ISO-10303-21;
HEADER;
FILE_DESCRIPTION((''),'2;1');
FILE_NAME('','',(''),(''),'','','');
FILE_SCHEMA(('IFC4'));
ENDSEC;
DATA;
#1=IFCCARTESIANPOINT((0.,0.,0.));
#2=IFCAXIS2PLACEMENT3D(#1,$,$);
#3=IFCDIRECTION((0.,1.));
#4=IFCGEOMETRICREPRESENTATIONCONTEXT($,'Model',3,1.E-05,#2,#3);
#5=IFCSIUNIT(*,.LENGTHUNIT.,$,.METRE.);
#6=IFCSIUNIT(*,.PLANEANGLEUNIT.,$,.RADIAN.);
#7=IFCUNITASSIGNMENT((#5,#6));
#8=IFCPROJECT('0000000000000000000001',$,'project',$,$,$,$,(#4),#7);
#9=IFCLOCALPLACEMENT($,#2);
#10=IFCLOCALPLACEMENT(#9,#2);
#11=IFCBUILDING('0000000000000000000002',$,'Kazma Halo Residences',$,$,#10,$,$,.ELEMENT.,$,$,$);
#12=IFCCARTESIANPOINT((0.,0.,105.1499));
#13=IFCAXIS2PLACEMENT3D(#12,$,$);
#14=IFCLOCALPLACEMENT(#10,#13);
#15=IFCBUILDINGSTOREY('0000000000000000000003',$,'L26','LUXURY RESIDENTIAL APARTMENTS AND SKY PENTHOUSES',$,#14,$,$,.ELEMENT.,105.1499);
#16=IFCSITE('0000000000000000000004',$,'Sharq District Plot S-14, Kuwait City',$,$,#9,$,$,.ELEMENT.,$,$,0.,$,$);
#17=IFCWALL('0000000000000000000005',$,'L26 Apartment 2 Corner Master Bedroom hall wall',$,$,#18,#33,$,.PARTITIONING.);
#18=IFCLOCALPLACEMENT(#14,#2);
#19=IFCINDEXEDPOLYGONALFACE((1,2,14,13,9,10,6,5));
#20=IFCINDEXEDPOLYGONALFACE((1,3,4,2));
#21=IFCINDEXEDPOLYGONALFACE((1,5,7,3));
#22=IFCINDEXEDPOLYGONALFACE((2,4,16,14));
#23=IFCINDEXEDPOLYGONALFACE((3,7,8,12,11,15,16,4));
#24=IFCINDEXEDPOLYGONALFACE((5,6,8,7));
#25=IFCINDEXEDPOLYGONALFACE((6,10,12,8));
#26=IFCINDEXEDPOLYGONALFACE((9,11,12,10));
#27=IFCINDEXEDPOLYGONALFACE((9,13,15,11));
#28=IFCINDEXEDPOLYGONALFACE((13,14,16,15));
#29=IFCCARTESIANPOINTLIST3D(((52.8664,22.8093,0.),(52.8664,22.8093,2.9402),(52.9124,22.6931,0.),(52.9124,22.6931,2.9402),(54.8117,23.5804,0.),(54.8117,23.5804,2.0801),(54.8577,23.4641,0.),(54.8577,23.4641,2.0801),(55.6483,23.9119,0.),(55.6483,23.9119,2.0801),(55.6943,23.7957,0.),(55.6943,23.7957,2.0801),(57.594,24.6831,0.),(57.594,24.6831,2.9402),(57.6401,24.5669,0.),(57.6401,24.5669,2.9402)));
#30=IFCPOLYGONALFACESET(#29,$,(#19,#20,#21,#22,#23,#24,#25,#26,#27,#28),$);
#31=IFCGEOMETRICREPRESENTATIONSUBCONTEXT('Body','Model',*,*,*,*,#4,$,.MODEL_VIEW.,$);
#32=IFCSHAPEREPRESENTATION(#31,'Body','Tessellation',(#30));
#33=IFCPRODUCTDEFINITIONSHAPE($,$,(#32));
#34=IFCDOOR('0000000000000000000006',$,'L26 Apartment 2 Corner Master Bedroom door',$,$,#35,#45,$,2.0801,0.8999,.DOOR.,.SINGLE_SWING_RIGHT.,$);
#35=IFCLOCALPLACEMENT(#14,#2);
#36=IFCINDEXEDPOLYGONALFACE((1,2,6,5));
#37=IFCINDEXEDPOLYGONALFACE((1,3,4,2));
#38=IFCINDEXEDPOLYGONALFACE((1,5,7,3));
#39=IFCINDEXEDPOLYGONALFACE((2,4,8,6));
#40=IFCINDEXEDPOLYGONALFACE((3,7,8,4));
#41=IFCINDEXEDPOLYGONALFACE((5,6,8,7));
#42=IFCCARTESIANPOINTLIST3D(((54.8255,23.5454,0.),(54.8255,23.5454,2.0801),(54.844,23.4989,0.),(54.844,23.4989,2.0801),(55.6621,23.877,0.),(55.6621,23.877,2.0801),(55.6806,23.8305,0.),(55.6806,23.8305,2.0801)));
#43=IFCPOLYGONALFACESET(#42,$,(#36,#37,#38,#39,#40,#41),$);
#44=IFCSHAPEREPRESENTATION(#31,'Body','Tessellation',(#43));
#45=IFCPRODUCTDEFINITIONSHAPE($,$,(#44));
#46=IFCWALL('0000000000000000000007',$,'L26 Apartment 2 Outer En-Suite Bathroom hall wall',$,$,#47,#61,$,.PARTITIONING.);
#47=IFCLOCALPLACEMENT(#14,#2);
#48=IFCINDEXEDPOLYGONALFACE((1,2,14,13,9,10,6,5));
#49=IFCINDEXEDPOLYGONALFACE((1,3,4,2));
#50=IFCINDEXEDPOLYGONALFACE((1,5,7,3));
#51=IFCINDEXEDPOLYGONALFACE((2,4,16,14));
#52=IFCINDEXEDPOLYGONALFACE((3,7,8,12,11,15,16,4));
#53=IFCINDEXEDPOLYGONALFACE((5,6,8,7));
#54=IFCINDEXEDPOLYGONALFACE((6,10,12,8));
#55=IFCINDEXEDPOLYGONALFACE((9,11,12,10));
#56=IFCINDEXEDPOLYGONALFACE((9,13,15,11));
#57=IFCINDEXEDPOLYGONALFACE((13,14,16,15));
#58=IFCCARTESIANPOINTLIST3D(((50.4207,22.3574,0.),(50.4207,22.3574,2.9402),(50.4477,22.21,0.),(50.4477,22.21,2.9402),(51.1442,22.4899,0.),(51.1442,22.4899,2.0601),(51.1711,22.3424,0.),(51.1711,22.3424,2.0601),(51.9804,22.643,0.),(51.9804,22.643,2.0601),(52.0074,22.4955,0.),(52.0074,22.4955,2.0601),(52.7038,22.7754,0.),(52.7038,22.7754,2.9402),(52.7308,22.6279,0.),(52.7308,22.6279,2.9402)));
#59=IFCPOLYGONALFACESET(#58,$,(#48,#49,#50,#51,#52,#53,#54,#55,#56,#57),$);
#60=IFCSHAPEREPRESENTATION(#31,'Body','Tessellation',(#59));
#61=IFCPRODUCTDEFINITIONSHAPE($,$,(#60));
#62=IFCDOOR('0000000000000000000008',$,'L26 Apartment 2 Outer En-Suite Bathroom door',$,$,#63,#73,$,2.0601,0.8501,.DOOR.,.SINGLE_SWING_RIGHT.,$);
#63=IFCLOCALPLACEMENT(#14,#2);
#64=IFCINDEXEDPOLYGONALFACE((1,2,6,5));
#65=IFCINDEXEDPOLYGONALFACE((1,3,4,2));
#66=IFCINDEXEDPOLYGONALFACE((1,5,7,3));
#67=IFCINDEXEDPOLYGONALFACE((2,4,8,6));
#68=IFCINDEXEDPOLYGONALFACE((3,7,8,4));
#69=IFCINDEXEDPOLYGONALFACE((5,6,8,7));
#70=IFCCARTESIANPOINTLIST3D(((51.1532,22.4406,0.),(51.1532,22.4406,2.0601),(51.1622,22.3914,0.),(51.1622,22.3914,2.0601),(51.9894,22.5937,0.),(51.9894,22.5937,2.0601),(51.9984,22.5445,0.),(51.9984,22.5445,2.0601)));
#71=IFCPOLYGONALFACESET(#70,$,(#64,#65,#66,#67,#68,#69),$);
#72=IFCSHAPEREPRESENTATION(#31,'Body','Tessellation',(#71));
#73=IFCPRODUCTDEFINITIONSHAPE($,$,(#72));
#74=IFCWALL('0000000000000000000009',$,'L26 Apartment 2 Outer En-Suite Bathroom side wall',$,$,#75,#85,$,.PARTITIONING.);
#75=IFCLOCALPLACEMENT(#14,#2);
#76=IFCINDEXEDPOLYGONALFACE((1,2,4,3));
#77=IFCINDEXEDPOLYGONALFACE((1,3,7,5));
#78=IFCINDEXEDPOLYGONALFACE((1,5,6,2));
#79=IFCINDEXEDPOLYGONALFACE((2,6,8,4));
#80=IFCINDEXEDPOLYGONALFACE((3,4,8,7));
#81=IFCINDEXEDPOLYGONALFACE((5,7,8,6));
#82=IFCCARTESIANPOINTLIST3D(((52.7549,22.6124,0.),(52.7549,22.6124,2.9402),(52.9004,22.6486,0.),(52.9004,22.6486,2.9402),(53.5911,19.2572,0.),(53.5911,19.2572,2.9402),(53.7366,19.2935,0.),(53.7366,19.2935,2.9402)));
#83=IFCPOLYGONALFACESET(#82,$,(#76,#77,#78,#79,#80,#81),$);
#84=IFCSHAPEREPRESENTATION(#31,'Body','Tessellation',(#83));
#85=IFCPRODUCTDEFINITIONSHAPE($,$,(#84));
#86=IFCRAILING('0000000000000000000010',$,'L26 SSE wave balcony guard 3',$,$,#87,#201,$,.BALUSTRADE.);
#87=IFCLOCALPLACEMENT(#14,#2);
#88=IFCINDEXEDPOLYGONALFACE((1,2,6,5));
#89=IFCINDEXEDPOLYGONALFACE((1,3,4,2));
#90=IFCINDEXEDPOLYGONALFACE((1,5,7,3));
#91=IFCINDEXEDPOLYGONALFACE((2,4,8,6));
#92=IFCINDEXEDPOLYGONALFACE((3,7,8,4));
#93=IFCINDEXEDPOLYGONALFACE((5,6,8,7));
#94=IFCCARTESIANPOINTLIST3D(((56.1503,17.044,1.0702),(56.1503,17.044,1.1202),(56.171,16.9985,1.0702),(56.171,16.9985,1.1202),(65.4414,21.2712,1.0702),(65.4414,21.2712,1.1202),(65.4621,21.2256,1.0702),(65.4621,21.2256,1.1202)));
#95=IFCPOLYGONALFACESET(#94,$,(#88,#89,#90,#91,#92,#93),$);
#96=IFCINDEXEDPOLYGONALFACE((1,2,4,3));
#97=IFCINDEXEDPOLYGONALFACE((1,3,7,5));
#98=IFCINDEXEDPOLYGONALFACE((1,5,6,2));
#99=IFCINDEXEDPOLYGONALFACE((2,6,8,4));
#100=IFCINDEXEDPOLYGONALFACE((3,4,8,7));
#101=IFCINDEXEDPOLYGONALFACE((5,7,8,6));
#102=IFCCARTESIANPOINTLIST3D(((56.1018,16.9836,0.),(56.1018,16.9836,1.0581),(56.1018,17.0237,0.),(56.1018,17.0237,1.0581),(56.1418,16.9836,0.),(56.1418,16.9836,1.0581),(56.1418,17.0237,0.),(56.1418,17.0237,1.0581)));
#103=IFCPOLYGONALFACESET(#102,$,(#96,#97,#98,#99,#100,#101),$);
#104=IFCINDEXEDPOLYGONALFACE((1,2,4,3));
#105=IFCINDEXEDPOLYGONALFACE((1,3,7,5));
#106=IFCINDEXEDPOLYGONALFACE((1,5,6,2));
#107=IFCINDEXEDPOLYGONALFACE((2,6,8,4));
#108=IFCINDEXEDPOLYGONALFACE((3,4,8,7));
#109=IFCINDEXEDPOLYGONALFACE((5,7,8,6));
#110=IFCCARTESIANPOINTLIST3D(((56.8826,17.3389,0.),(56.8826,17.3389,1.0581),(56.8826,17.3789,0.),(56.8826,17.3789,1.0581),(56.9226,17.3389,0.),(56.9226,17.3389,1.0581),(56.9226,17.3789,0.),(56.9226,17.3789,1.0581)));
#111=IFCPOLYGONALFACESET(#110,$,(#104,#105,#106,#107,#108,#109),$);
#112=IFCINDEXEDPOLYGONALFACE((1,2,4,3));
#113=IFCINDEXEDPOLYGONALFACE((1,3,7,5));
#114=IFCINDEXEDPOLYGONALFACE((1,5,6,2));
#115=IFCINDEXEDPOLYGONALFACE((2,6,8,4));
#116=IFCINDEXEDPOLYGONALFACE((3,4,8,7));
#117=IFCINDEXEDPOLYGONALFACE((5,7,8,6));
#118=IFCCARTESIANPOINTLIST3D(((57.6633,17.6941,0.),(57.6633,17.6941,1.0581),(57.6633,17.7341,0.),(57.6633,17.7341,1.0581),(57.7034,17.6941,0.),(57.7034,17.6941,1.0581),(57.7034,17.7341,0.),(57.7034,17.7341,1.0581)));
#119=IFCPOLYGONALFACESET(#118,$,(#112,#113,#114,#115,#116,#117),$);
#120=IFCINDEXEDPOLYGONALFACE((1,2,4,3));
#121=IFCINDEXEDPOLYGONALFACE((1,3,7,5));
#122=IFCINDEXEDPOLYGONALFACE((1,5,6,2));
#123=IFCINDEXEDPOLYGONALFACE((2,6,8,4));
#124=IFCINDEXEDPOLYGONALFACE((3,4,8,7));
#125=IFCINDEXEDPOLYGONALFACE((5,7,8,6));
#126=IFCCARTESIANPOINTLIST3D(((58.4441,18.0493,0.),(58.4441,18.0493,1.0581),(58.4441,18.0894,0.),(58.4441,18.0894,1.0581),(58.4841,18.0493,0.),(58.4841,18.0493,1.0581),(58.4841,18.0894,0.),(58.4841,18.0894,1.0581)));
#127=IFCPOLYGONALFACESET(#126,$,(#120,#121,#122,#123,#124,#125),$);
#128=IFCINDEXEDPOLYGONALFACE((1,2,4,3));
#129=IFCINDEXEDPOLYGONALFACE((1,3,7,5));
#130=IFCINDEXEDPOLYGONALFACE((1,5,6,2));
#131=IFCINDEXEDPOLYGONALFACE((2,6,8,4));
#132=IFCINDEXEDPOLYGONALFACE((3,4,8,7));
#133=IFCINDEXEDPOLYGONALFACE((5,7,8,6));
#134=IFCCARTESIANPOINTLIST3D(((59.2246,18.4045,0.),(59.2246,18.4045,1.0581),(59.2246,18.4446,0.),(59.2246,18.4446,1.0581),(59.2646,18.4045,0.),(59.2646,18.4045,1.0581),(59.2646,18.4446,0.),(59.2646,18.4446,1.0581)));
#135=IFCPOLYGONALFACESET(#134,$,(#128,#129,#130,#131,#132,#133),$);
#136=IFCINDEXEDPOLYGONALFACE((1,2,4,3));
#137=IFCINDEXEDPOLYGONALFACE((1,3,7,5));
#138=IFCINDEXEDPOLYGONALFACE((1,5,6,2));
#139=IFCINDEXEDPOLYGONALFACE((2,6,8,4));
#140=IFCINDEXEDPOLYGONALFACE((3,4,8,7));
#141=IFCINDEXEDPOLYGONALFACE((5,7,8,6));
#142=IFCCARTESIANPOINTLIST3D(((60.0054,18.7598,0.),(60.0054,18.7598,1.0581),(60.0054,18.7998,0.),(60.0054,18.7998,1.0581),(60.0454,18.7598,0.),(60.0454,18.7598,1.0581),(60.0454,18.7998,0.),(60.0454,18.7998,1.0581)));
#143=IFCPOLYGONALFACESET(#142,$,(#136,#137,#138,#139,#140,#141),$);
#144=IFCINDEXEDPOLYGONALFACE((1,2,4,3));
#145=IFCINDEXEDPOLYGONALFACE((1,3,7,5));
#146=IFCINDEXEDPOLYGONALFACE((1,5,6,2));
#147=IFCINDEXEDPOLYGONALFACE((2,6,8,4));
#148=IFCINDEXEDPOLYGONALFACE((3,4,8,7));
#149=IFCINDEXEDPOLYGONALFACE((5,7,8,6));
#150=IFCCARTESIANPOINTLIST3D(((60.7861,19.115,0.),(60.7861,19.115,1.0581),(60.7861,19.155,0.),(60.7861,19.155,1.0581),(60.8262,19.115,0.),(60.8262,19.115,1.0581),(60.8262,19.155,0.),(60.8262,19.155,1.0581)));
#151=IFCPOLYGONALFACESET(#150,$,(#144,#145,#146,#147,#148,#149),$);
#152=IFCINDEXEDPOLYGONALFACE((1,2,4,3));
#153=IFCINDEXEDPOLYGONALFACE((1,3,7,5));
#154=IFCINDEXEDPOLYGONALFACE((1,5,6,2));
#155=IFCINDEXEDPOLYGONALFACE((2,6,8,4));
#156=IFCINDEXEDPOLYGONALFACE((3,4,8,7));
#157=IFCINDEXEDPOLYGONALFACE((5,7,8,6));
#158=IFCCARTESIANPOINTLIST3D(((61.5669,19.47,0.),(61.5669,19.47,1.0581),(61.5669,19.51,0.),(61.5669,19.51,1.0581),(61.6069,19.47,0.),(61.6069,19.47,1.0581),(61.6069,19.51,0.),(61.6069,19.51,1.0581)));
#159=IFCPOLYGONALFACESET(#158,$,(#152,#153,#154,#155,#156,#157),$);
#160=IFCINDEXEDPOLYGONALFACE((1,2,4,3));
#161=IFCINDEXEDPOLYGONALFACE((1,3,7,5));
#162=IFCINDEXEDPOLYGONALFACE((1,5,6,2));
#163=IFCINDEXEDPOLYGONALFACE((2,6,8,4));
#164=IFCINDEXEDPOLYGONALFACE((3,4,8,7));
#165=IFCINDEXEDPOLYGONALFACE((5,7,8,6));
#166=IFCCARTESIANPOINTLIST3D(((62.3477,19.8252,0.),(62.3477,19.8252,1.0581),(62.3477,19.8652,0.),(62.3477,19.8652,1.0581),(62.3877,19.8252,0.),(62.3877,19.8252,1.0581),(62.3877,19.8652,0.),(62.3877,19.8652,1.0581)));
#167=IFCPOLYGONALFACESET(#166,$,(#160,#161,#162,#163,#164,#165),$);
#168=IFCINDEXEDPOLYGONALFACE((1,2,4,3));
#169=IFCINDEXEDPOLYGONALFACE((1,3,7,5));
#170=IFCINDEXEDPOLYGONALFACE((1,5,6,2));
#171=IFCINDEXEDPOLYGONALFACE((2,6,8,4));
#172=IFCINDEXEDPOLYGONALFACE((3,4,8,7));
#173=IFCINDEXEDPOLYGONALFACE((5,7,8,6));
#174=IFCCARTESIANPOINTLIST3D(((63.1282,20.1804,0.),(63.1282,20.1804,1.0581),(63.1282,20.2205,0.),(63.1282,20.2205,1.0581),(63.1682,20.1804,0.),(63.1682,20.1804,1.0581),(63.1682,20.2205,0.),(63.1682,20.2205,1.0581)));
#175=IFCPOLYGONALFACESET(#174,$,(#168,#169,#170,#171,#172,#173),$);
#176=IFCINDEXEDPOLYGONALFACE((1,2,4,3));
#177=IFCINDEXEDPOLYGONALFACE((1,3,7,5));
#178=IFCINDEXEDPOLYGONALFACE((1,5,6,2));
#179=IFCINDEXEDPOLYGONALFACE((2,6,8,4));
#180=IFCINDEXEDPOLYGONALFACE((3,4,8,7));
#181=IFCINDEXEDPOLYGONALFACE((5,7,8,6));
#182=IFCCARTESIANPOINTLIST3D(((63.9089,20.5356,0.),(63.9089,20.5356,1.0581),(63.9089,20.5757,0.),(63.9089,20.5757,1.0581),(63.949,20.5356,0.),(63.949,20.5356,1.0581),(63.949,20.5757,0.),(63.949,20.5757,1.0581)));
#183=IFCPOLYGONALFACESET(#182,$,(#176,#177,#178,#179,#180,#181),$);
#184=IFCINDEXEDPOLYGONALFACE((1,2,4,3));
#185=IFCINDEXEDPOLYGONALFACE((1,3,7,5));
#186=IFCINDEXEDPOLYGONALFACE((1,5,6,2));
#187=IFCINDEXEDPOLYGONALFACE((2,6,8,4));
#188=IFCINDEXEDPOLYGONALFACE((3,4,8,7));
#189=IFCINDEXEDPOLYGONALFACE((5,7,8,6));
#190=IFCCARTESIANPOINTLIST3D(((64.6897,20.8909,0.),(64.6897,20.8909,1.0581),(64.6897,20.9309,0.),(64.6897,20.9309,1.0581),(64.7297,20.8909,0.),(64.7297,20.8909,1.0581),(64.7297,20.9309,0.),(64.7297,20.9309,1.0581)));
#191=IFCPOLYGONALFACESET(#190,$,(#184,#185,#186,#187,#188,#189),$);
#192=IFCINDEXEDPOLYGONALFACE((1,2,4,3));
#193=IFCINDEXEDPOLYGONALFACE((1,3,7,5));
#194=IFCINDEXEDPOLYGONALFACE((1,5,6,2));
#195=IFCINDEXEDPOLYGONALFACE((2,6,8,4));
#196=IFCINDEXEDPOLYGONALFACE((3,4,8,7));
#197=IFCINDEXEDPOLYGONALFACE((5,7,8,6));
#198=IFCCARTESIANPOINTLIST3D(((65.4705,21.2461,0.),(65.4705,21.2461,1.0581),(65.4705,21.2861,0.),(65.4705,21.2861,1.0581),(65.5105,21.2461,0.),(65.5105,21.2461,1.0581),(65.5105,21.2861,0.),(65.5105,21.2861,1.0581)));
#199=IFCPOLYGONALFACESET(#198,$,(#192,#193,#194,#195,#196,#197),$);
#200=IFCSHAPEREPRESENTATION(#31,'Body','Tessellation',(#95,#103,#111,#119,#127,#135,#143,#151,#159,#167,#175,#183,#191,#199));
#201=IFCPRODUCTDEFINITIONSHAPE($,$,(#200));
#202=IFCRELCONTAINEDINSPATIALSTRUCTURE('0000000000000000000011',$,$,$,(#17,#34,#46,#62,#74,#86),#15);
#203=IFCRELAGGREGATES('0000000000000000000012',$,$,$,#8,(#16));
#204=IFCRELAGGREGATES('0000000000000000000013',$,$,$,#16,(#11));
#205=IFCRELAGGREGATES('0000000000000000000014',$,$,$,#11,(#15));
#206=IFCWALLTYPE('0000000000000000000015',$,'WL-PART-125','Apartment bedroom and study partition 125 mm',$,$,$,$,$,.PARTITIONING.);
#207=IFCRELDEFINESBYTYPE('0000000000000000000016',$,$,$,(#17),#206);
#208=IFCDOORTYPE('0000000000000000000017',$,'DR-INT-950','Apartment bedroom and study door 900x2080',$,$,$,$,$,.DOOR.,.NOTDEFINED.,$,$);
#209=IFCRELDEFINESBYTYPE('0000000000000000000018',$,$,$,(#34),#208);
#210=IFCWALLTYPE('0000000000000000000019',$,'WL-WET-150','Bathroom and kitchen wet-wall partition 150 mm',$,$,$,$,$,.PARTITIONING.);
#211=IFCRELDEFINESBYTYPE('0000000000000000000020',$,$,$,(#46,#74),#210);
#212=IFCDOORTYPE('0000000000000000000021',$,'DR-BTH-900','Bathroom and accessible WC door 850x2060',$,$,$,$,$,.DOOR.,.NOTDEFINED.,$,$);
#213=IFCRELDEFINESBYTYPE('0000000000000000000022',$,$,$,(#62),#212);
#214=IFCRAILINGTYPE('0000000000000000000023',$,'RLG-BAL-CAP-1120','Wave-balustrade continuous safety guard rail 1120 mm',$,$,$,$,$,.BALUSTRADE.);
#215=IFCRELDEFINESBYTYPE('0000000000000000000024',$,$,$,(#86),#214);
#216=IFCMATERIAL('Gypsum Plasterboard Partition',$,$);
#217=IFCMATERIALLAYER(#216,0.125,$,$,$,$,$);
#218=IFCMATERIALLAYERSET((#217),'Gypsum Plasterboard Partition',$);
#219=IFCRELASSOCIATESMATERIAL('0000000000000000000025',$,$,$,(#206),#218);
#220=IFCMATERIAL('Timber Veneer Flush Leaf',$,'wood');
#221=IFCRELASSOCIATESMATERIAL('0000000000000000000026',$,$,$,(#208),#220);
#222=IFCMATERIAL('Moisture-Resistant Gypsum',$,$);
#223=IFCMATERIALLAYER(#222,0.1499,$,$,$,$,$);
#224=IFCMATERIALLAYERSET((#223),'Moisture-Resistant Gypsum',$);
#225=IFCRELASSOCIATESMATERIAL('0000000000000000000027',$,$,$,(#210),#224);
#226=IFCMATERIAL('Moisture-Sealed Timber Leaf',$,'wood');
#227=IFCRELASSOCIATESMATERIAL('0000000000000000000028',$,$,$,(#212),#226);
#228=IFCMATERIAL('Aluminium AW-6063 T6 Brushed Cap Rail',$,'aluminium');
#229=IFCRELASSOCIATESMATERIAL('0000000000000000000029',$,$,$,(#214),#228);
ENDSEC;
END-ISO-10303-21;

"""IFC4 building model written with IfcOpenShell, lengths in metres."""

from ifc_helpers import new_model, si_unit, direction, frame, frame_2d, origin, origin_2d, place, context, subcontext, project, spatial, rectangle, extrude, material, layer, layer_set, type_object, element, fill, save


model = new_model("IFC4")

# Units and contexts
model_context = context("Model", 3, precision=1e-05, world=origin(), true_north=direction((0.0, 1.0)))
body_context = subcontext(model_context, "Body", "Model", "MODEL_VIEW")
ifc_project = project(units=[si_unit("LENGTHUNIT", "METRE"), si_unit("PLANEANGLEUNIT", "RADIAN")], contexts=[model_context])

# Site, building, storey
site_placement = place(None, origin())
site = spatial("IfcSite", under=ifc_project, at=site_placement, Name="Sharq District Plot S-14, Kuwait City", CompositionType="ELEMENT", RefElevation=0.0)
building_placement = place(site_placement, origin())
building = spatial("IfcBuilding", under=site, at=building_placement, Name="Kazma Halo Residences", CompositionType="ELEMENT")
storey_placement = place(building_placement, frame((0.0, 0.0, 105.1499)))
storey = spatial("IfcBuildingStorey", under=building, at=storey_placement, Name="L26", Description="LUXURY RESIDENTIAL APARTMENTS AND SKY PENTHOUSES", CompositionType="ELEMENT", Elevation=105.1499)

# Shared definitions
ifc_material_1 = material(Name="Gypsum Plasterboard Partition")
ifc_layer_1 = layer(ifc_material_1, 0.125)
ifc_layer_set_1 = layer_set([ifc_layer_1], Name="Gypsum Plasterboard Partition")
wall_type_1 = type_object("IfcWallType", Name="WL-PART-125", Description="Apartment bedroom and study partition 125 mm", PredefinedType="PARTITIONING", material=ifc_layer_set_1)

# Walls, openings, doors
wall_1_placement = place(storey_placement, frame((52.8894, 22.7512, 0.0), z_axis=(0.0, 0.0, 1.0), x_axis=(0.929641, 0.368467, 0.0)))
wall_1 = element("IfcWall", 1, at=wall_1_placement, inside=storey, type_object=wall_type_1, Name="L26 Apartment 2 Corner Master Bedroom hall wall", PredefinedType="PARTITIONING", context=body_context, shape_type="SweptSolid", body=[
    extrude(rectangle(XDim=5.0854, YDim=0.125, at=frame_2d((2.5427, 0.0))), origin(), (0.0, 0.0, 1.0), 2.9402),
])
opening_1_placement = place(wall_1_placement, frame((2.0925, 0.0, 0.0)))
opening_1 = element("IfcOpeningElement", 2, at=opening_1_placement, cuts=wall_1, PredefinedType="OPENING", context=body_context, shape_type="SweptSolid", body=[
    extrude(rectangle(XDim=0.8999, YDim=2.0801, at=frame_2d((0.45, 1.04))), frame((0.0, 0.0725, 0.0), z_axis=(0.0, -1.0, 0.0), x_axis=(1.0, 0.0, 0.0)), (0.0, 0.0, 1.0), 0.145),
])
ifc_material_2 = material(Name="Timber Veneer Flush Leaf", Category="wood")
door_type_1 = type_object("IfcDoorType", Name="DR-INT-950", Description="Apartment bedroom and study door 900x2080", OperationType="NOTDEFINED", PredefinedType="DOOR", material=ifc_material_2)
door_1_placement = place(opening_1_placement, origin())
door_1 = element("IfcDoor", 3, at=door_1_placement, inside=storey, type_object=door_type_1, Name="L26 Apartment 2 Corner Master Bedroom door", OperationType="SINGLE_SWING_RIGHT", OverallHeight=2.0801, OverallWidth=0.8999, PredefinedType="DOOR", context=body_context, shape_type="SweptSolid", body=[
    extrude(rectangle(XDim=0.8999, YDim=2.0801, at=frame_2d((0.45, 1.04))), frame((0.0, 0.0249, 0.0), z_axis=(0.0, -1.0, 0.0), x_axis=(1.0, 0.0, 0.0)), (0.0, 0.0, 1.0), 0.05),
])
fill(opening_1, door_1)
ifc_material_3 = material(Name="Moisture-Resistant Gypsum")
ifc_layer_2 = layer(ifc_material_3, 0.1499)
ifc_layer_set_2 = layer_set([ifc_layer_2], Name="Moisture-Resistant Gypsum")
wall_type_2 = type_object("IfcWallType", Name="WL-WET-150", Description="Bathroom and kitchen wet-wall partition 150 mm", PredefinedType="PARTITIONING", material=ifc_layer_set_2)
wall_2_placement = place(storey_placement, frame((50.4341, 22.2837, 0.0), z_axis=(0.0, 0.0, 1.0), x_axis=(0.983654, 0.18007, 0.0)))
wall_2 = element("IfcWall", 4, at=wall_2_placement, inside=storey, type_object=wall_type_2, Name="L26 Apartment 2 Outer En-Suite Bathroom hall wall", PredefinedType="PARTITIONING", context=body_context, shape_type="SweptSolid", body=[
    extrude(rectangle(XDim=2.321, YDim=0.1499, at=frame_2d((1.1606, 0.0))), origin(), (0.0, 0.0, 1.0), 2.9402),
])
opening_2_placement = place(wall_2_placement, frame((0.7356, 0.0, 0.0)))
opening_2 = element("IfcOpeningElement", 5, at=opening_2_placement, cuts=wall_2, PredefinedType="OPENING", context=body_context, shape_type="SweptSolid", body=[
    extrude(rectangle(XDim=0.8501, YDim=2.0601, at=frame_2d((0.425, 1.03))), frame((0.0, 0.085, 0.0), z_axis=(0.0, -1.0, 0.0), x_axis=(1.0, 0.0, 0.0)), (0.0, 0.0, 1.0), 0.1699),
])
ifc_material_4 = material(Name="Moisture-Sealed Timber Leaf", Category="wood")
door_type_2 = type_object("IfcDoorType", Name="DR-BTH-900", Description="Bathroom and accessible WC door 850x2060", OperationType="NOTDEFINED", PredefinedType="DOOR", material=ifc_material_4)
door_2_placement = place(opening_2_placement, origin())
door_2 = element("IfcDoor", 6, at=door_2_placement, inside=storey, type_object=door_type_2, Name="L26 Apartment 2 Outer En-Suite Bathroom door", OperationType="SINGLE_SWING_RIGHT", OverallHeight=2.0601, OverallWidth=0.8501, PredefinedType="DOOR", context=body_context, shape_type="SweptSolid", body=[
    extrude(rectangle(XDim=0.8501, YDim=2.0601, at=frame_2d((0.425, 1.03))), frame((0.0, 0.0249, 0.0), z_axis=(0.0, -1.0, 0.0), x_axis=(1.0, 0.0, 0.0)), (0.0, 0.0, 1.0), 0.05),
])
fill(opening_2, door_2)

# Wall
wall_3_placement = place(storey_placement, frame((52.8276, 22.6306, 0.0), z_axis=(0.0, 0.0, 1.0), x_axis=(0.241821, -0.970321, 0.0)))
element("IfcWall", 7, at=wall_3_placement, inside=storey, type_object=wall_type_2, Name="L26 Apartment 2 Outer En-Suite Bathroom side wall", PredefinedType="PARTITIONING", context=body_context, shape_type="SweptSolid", body=[
    extrude(rectangle(XDim=3.4578, YDim=0.1499, at=frame_2d((1.729, 0.0))), origin(), (0.0, 0.0, 1.0), 2.9402),
])

# Railing
ifc_material_5 = material(Name="Aluminium AW-6063 T6 Brushed Cap Rail", Category="aluminium")
railing_type = type_object("IfcRailingType", Name="RLG-BAL-CAP-1120", Description="Wave-balustrade continuous safety guard rail 1120 mm", PredefinedType="BALUSTRADE", material=ifc_material_5)
railing_placement = place(storey_placement, frame((56.1218, 17.0037, 0.0)))
element("IfcRailing", 8, at=railing_placement, inside=storey, type_object=railing_type, Name="L26 SSE wave balcony guard 3", PredefinedType="BALUSTRADE", context=body_context, shape_type="SweptSolid", body=[
    extrude(rectangle(XDim=0.05, YDim=0.05, at=origin_2d()), frame((0.0388, 0.0176, 1.0952), z_axis=(0.910221, 0.414123, 0.0), x_axis=(-0.414123, 0.910221, 0.0)), (0.0, 0.0, 1.0), 10.2075),
    extrude(rectangle(XDim=0.04, YDim=0.04, at=origin_2d()), origin(), (0.0, 0.0, 1.0), 1.0581),
    extrude(rectangle(XDim=0.04, YDim=0.04, at=origin_2d()), frame((0.7808, 0.3552, 0.0)), (0.0, 0.0, 1.0), 1.0581),
    extrude(rectangle(XDim=0.04, YDim=0.04, at=origin_2d()), frame((1.5615, 0.7104, 0.0)), (0.0, 0.0, 1.0), 1.0581),
    extrude(rectangle(XDim=0.04, YDim=0.04, at=origin_2d()), frame((2.3423, 1.0657, 0.0)), (0.0, 0.0, 1.0), 1.0581),
    extrude(rectangle(XDim=0.04, YDim=0.04, at=origin_2d()), frame((3.1228, 1.4209, 0.0)), (0.0, 0.0, 1.0), 1.0581),
    extrude(rectangle(XDim=0.04, YDim=0.04, at=origin_2d()), frame((3.9036, 1.7761, 0.0)), (0.0, 0.0, 1.0), 1.0581),
    extrude(rectangle(XDim=0.04, YDim=0.04, at=origin_2d()), frame((4.6843, 2.1313, 0.0)), (0.0, 0.0, 1.0), 1.0581),
    extrude(rectangle(XDim=0.04, YDim=0.04, at=origin_2d()), frame((5.4651, 2.4863, 0.0)), (0.0, 0.0, 1.0), 1.0581),
    extrude(rectangle(XDim=0.04, YDim=0.04, at=origin_2d()), frame((6.2458, 2.8416, 0.0)), (0.0, 0.0, 1.0), 1.0581),
    extrude(rectangle(XDim=0.04, YDim=0.04, at=origin_2d()), frame((7.0264, 3.1968, 0.0)), (0.0, 0.0, 1.0), 1.0581),
    extrude(rectangle(XDim=0.04, YDim=0.04, at=origin_2d()), frame((7.8071, 3.552, 0.0)), (0.0, 0.0, 1.0), 1.0581),
    extrude(rectangle(XDim=0.04, YDim=0.04, at=origin_2d()), frame((8.5879, 3.9072, 0.0)), (0.0, 0.0, 1.0), 1.0581),
    extrude(rectangle(XDim=0.04, YDim=0.04, at=origin_2d()), frame((9.3687, 4.2625, 0.0)), (0.0, 0.0, 1.0), 1.0581),
])

save(model, "model.ifc")
